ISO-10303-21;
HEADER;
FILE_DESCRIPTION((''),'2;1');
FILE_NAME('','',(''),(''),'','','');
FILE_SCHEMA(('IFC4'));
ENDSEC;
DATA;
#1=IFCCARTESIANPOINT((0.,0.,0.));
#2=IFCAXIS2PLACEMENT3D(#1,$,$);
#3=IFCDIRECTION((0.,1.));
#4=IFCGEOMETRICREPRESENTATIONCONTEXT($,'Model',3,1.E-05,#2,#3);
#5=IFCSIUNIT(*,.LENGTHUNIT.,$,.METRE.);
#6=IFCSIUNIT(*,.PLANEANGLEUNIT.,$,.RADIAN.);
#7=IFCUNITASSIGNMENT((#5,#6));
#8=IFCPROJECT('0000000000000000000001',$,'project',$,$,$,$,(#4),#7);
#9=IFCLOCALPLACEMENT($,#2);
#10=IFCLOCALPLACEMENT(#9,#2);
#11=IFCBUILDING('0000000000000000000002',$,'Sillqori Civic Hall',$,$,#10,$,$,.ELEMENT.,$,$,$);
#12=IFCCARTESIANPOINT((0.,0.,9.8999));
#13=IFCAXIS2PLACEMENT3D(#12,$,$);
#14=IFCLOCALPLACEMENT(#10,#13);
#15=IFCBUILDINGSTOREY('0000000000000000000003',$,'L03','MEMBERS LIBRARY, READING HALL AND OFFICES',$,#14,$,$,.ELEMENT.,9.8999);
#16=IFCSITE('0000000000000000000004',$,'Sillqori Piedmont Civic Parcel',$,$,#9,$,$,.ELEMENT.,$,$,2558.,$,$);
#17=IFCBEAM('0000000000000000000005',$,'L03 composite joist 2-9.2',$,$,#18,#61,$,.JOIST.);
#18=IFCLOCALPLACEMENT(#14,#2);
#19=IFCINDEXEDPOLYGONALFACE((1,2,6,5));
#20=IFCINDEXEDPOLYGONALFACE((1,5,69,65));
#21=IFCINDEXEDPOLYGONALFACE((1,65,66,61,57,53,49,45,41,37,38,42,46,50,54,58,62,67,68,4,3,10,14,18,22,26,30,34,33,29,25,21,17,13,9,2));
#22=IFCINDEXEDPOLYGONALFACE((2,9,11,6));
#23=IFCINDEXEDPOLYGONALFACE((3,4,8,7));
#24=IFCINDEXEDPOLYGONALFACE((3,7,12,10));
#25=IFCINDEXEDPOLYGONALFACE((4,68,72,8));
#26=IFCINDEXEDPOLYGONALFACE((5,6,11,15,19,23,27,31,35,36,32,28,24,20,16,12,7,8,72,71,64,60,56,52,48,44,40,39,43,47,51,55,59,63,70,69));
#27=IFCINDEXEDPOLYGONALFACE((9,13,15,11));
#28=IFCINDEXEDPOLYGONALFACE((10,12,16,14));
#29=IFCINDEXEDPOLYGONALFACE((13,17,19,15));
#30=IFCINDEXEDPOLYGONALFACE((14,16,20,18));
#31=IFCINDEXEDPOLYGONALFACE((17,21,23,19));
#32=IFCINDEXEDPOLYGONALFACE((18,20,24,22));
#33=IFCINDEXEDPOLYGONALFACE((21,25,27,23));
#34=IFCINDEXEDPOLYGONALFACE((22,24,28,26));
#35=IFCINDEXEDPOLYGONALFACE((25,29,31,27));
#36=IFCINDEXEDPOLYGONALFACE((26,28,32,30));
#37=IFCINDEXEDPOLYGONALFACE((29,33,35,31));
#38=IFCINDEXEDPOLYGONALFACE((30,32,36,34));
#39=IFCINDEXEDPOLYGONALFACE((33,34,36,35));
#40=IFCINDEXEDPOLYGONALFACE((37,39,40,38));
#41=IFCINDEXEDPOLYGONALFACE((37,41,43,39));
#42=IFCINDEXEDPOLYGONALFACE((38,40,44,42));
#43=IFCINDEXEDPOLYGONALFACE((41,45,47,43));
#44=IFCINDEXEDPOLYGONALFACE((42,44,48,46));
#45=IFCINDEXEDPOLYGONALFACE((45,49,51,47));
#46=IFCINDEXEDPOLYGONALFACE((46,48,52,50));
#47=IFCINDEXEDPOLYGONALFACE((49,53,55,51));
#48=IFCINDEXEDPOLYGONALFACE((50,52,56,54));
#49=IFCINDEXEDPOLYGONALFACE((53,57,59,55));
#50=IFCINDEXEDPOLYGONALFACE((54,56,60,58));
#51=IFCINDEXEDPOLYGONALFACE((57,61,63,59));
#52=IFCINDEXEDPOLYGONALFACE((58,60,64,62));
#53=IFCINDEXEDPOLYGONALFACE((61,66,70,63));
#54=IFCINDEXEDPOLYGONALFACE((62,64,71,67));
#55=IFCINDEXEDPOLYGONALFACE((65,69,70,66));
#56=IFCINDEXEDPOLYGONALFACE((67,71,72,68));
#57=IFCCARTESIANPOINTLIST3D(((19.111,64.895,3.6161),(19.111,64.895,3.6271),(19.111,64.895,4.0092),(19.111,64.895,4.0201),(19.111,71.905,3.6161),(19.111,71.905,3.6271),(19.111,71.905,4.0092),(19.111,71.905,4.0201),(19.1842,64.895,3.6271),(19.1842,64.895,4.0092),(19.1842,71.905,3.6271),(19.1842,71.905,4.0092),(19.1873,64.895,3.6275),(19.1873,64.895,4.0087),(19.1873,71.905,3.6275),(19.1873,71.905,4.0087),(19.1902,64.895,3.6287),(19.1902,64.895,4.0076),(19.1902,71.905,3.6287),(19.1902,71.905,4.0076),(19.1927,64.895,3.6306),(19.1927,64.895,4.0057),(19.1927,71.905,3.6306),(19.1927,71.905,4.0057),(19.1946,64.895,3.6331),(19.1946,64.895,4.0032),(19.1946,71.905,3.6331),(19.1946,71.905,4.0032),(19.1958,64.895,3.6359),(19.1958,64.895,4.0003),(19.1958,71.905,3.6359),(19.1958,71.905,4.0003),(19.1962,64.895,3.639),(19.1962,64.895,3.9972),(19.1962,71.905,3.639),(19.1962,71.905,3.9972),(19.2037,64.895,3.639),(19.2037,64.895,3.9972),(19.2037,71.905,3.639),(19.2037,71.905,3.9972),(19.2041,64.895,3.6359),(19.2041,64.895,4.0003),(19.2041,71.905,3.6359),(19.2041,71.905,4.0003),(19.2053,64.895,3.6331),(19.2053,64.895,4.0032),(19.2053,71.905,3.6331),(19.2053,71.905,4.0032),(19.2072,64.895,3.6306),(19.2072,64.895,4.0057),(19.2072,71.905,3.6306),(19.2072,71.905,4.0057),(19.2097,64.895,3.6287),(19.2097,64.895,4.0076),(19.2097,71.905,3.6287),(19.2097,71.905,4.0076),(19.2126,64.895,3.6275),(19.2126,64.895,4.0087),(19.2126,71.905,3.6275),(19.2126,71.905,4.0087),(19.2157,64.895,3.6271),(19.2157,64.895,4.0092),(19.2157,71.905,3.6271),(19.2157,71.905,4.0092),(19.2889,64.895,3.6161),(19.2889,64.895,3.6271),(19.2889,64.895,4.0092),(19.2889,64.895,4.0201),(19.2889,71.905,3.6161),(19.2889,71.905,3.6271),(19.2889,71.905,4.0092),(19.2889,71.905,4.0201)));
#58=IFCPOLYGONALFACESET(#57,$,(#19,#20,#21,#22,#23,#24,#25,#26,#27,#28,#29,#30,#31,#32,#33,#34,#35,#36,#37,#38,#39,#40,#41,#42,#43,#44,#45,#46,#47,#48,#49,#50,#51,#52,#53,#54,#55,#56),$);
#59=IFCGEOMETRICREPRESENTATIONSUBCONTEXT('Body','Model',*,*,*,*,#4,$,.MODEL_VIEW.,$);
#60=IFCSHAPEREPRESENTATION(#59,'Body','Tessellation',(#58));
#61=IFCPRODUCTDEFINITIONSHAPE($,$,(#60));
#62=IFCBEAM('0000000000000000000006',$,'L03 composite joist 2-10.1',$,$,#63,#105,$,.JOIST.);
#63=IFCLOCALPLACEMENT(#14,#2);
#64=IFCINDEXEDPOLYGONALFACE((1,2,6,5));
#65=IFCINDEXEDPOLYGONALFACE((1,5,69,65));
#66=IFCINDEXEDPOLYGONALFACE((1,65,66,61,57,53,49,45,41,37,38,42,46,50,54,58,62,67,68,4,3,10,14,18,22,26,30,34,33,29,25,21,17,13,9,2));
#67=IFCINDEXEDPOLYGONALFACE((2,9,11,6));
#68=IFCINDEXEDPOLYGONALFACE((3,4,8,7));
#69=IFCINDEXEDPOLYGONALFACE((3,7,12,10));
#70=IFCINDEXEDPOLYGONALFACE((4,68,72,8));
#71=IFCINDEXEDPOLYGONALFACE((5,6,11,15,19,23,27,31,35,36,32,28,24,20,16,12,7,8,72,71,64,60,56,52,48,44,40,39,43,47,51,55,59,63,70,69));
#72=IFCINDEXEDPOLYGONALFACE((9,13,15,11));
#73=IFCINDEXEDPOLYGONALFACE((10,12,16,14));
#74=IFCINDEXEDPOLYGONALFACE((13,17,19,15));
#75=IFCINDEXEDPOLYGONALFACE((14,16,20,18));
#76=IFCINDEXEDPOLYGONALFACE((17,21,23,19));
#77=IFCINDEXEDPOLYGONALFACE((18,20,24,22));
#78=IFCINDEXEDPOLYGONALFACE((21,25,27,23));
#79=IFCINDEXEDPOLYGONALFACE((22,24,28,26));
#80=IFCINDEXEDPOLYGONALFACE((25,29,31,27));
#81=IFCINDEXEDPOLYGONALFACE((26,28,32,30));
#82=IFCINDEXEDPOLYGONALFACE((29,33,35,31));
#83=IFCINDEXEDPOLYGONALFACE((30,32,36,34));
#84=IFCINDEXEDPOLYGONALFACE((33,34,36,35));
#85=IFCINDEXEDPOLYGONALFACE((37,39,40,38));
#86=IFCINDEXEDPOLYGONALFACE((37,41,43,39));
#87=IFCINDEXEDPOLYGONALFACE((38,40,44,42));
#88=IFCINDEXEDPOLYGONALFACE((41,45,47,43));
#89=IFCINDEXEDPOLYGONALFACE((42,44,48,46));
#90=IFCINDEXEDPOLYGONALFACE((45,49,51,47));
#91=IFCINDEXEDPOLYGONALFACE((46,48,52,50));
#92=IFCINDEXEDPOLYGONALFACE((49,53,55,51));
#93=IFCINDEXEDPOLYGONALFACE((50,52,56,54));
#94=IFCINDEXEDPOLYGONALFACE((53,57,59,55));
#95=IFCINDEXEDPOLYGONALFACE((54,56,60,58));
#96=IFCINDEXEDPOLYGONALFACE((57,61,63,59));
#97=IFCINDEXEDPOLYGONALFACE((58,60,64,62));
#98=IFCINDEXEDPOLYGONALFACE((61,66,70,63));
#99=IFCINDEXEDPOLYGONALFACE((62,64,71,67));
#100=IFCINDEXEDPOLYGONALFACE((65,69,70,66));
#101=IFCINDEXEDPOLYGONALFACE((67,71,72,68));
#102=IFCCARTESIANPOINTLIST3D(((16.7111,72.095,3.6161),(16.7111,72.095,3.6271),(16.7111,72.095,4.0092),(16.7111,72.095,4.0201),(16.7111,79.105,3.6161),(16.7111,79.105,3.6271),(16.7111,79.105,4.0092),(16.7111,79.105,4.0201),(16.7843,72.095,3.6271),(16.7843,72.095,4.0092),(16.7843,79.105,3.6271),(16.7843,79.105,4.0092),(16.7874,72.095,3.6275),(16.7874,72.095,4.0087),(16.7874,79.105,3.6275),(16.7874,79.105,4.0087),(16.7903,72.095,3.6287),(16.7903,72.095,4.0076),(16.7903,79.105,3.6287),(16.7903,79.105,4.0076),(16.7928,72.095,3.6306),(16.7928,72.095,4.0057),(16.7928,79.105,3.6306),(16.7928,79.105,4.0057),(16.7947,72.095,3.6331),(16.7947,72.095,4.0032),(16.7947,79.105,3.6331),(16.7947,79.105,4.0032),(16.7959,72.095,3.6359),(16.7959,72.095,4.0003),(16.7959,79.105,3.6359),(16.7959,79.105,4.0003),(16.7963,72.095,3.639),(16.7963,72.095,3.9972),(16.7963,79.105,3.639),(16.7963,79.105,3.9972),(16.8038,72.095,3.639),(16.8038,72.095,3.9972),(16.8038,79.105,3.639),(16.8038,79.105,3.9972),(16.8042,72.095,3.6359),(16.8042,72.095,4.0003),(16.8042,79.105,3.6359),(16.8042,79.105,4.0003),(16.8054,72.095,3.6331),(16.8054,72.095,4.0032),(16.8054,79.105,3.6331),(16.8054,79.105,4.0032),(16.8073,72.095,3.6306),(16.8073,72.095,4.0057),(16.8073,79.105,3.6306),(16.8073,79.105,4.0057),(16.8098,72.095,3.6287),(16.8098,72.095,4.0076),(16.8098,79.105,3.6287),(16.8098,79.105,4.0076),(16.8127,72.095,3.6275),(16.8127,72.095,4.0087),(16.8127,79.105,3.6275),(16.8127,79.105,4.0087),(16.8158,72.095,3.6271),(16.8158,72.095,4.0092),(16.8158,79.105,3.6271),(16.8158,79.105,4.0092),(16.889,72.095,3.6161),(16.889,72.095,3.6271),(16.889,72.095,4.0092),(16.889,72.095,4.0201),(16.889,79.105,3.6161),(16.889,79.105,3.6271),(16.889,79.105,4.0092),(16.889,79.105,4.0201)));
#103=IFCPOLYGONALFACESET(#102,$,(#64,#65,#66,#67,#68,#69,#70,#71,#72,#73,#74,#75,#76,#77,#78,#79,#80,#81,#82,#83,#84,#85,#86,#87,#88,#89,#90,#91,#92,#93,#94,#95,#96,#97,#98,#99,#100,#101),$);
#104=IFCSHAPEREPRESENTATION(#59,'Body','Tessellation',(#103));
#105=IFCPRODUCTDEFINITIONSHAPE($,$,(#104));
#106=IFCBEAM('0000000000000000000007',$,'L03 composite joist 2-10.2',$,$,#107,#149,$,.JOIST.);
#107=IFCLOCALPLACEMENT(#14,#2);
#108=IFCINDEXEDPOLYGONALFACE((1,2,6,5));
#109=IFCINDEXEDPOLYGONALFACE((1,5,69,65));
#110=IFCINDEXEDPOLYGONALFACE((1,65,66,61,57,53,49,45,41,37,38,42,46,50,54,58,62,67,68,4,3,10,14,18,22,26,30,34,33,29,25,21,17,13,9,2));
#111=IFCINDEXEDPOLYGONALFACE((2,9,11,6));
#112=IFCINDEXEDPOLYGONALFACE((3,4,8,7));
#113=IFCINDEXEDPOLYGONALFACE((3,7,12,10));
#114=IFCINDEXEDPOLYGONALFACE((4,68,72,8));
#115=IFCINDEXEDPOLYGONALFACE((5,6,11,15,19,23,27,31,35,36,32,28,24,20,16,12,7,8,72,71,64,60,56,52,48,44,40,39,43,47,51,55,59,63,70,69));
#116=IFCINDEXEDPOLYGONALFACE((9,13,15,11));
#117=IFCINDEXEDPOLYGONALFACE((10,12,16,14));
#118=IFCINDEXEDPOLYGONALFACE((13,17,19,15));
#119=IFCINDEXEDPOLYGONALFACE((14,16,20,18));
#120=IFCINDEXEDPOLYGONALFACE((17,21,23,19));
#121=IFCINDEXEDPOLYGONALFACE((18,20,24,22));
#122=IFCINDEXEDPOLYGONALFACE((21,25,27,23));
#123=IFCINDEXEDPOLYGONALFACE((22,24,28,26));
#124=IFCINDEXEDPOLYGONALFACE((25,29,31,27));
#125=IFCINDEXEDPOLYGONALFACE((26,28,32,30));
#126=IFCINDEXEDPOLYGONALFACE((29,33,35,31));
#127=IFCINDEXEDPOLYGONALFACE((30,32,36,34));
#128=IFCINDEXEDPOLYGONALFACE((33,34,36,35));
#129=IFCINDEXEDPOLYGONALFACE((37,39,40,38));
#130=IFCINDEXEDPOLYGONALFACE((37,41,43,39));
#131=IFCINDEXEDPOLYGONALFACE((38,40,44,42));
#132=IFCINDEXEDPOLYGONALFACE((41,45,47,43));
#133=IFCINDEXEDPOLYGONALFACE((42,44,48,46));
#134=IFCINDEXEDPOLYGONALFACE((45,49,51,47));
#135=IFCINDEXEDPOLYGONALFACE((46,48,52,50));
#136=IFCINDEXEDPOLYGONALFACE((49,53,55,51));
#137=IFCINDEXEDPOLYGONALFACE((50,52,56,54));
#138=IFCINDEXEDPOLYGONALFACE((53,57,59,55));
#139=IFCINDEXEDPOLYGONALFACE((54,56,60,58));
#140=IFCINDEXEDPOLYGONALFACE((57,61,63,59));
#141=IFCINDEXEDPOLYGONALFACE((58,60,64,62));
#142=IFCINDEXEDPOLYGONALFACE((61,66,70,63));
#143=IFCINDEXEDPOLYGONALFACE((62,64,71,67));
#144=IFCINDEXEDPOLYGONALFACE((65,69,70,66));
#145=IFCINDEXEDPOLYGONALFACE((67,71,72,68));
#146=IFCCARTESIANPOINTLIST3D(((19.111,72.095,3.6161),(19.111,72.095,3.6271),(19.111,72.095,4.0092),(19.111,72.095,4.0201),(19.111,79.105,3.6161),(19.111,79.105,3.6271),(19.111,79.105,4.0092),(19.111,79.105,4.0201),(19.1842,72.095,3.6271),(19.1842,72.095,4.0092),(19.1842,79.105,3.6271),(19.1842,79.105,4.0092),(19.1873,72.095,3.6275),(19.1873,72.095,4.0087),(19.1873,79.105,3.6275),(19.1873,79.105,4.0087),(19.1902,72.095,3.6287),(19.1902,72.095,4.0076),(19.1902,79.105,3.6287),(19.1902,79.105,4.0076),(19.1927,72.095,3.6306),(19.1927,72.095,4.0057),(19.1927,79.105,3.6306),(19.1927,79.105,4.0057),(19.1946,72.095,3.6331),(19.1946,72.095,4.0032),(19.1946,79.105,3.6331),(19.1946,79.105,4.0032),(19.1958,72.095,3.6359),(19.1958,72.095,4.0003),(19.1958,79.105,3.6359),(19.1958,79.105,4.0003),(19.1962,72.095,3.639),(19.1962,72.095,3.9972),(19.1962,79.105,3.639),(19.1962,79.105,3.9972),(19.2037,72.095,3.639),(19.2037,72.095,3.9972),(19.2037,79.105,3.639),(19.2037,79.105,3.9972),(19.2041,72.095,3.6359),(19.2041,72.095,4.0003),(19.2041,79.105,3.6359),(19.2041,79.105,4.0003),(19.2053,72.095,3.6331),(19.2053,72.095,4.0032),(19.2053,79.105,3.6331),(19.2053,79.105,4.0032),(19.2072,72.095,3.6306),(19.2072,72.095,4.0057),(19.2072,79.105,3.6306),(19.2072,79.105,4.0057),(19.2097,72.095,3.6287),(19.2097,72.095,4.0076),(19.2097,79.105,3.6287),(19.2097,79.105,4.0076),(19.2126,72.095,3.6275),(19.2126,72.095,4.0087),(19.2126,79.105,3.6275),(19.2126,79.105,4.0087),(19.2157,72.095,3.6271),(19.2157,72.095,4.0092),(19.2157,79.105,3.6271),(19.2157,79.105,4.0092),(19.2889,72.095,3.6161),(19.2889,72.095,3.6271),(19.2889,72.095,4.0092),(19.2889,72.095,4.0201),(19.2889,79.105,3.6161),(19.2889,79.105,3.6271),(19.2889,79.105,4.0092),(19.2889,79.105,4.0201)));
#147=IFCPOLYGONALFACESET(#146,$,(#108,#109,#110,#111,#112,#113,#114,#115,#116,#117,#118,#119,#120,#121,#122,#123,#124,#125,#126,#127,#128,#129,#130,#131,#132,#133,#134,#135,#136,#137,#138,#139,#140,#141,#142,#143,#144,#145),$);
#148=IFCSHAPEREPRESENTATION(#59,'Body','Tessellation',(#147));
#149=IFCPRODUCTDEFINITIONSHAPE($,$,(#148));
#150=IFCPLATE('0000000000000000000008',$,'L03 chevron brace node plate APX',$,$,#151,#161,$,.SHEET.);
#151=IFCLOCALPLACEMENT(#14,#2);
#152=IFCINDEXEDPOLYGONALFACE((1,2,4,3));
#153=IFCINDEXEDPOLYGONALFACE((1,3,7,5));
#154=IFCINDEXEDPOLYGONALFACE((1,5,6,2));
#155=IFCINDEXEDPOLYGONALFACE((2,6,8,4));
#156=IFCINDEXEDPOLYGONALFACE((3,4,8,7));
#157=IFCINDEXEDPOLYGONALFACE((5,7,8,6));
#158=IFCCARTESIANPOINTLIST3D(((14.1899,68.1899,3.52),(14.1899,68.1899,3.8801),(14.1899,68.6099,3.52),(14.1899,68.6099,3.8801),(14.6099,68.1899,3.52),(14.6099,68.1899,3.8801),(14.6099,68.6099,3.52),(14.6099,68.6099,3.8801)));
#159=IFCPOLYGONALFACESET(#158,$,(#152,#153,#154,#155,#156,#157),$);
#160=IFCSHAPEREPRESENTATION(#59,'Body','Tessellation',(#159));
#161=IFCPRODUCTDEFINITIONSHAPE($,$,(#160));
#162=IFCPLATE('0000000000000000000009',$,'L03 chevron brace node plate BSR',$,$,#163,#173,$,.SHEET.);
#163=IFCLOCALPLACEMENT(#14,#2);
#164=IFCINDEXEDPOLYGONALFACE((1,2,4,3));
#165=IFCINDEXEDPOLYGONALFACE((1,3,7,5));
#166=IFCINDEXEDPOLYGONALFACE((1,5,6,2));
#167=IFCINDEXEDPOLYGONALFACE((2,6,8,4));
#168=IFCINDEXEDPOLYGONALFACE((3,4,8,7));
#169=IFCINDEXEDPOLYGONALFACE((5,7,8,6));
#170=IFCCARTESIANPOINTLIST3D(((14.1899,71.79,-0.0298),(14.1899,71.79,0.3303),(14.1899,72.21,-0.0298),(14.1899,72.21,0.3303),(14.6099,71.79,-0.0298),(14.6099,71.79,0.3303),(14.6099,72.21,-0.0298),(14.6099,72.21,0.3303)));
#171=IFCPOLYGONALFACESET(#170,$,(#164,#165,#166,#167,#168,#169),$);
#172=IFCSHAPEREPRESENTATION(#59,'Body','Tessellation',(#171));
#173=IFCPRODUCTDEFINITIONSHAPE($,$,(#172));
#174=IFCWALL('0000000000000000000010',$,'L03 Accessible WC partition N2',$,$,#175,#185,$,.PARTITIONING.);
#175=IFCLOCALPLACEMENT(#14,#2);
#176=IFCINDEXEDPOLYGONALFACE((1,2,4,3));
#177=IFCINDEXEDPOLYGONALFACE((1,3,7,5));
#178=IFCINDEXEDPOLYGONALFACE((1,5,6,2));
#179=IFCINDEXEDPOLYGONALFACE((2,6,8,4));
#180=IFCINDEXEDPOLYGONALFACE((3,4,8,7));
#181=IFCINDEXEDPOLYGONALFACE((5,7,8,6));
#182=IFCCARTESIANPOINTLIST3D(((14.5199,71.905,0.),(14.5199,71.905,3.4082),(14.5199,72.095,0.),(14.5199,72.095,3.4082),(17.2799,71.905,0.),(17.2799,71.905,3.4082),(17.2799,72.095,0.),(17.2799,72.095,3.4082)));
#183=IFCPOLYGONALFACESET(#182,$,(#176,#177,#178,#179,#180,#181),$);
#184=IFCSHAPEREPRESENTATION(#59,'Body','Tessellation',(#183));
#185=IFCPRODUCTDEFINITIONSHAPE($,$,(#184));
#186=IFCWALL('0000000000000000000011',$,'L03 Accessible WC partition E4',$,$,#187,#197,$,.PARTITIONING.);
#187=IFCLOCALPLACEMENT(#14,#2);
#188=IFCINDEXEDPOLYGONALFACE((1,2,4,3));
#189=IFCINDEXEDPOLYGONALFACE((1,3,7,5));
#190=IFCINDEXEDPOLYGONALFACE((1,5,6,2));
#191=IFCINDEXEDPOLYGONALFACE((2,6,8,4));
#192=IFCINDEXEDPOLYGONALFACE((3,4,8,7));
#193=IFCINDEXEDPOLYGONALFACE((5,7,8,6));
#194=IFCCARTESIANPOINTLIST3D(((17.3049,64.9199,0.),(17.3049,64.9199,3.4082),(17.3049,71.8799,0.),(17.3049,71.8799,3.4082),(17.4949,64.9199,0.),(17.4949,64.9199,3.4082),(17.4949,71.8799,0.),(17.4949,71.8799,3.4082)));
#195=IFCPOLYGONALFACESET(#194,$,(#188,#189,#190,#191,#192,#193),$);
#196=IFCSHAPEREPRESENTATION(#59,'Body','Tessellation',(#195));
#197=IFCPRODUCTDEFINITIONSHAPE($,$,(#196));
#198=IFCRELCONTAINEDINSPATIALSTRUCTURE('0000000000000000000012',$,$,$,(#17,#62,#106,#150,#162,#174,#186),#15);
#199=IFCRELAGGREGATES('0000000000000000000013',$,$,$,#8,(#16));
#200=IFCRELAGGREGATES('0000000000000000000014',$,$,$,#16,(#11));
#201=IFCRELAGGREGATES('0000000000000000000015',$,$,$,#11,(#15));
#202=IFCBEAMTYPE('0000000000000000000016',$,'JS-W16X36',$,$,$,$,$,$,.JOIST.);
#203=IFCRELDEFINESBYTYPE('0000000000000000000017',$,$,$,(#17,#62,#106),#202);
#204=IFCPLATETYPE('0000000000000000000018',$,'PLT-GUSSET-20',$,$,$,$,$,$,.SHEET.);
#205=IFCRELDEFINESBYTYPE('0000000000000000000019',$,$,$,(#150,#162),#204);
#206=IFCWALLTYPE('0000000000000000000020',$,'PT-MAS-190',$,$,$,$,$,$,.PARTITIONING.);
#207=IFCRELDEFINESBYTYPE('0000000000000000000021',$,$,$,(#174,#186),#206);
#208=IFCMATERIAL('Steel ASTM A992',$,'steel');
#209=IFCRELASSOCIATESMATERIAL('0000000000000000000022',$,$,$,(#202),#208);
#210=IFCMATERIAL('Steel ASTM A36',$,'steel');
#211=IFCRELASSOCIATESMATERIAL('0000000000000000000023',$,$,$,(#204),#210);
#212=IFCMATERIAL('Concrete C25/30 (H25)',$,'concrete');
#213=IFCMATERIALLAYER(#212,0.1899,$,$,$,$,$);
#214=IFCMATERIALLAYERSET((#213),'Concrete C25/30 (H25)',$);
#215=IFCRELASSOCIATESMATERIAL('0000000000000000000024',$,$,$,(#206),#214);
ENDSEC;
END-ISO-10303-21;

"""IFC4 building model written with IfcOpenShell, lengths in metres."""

from ifc_helpers import new_model, si_unit, direction, frame, frame_2d, origin, origin_2d, place, context, subcontext, project, spatial, rectangle, i_section, extrude, material, layer, layer_set, material_profile, profile_set, type_object, element, save


model = new_model("IFC4")

# Units and contexts
model_context = context("Model", 3, precision=1e-05, world=origin(), true_north=direction((0.0, 1.0)))
body_context = subcontext(model_context, "Body", "Model", "MODEL_VIEW")
ifc_project = project(units=[si_unit("LENGTHUNIT", "METRE"), si_unit("PLANEANGLEUNIT", "RADIAN")], contexts=[model_context])

# Site, building, storey
site_placement = place(None, origin())
site = spatial("IfcSite", under=ifc_project, at=site_placement, Name="Sillqori Piedmont Civic Parcel", CompositionType="ELEMENT", RefElevation=2558.0)
building_placement = place(site_placement, origin())
building = spatial("IfcBuilding", under=site, at=building_placement, Name="Sillqori Civic Hall", CompositionType="ELEMENT")
storey_placement = place(building_placement, frame((0.0, 0.0, 9.8999)))
storey = spatial("IfcBuildingStorey", under=building, at=storey_placement, Name="L03", Description="MEMBERS LIBRARY, READING HALL AND OFFICES", CompositionType="ELEMENT", Elevation=9.8999)

# Shared definitions
ifc_material_1 = material(Name="Steel ASTM A992", Category="steel")

# Beams
ifc_material_profile_1 = material_profile(ifc_material_1, i_section(OverallWidth=0.178, OverallDepth=0.4041, WebThickness=0.0076, FlangeThickness=0.011, FilletRadius=0.012, at=origin_2d()), Name="W16X36")
ifc_profile_set_1 = profile_set([ifc_material_profile_1], Name="Steel ASTM A992")
beam_type_1 = type_object("IfcBeamType", Name="JS-W16X36", PredefinedType="JOIST", material=ifc_profile_set_1)
for number, where, z_axis, x_axis, name in (
    (1, (19.2, 64.895, 3.8181), (0.0, 1.0, 0.0), (-1.0, 0.0, 0.0), "L03 composite joist 2-9.2"),
    (2, (16.8, 72.095, 3.8181), (0.0, 1.0, 0.0), (-1.0, 0.0, 0.0), "L03 composite joist 2-10.1"),
    (3, (19.2, 72.095, 3.8181), (0.0, 1.0, 0.0), (-1.0, 0.0, 0.0), "L03 composite joist 2-10.2"),
):
    element("IfcBeam", number, at=place(storey_placement, frame(where, z_axis=z_axis, x_axis=x_axis)), inside=storey, type_object=beam_type_1, Name=name, PredefinedType="JOIST", context=body_context, shape_type="SweptSolid", body=[
        extrude(i_section(OverallWidth=0.178, OverallDepth=0.4041, WebThickness=0.0076, FlangeThickness=0.011, FilletRadius=0.012, at=origin_2d()), origin(), (0.0, 0.0, 1.0), 7.01),
    ])

# Plates
ifc_material_2 = material(Name="Steel ASTM A36", Category="steel")
plate_type = type_object("IfcPlateType", Name="PLT-GUSSET-20", PredefinedType="SHEET", material=ifc_material_2)
for number, where, z_axis, x_axis, name in (
    (4, (14.3999, 68.3999, 3.52), (0.0, 0.0, 1.0), (1.0, 0.0, 0.0), "L03 chevron brace node plate APX"),
    (5, (14.3999, 72.0, -0.0298), (0.0, 0.0, 1.0), (1.0, 0.0, 0.0), "L03 chevron brace node plate BSR"),
):
    element("IfcPlate", number, at=place(storey_placement, frame(where, z_axis=z_axis, x_axis=x_axis)), inside=storey, type_object=plate_type, Name=name, PredefinedType="SHEET", context=body_context, shape_type="SweptSolid", body=[
        extrude(rectangle(XDim=0.4199, YDim=0.4199, at=origin_2d()), origin(), (0.0, 0.0, 1.0), 0.3601),
    ])

# Shared definitions
ifc_material_3 = material(Name="Concrete C25/30 (H25)", Category="concrete")
ifc_layer_1 = layer(ifc_material_3, 0.1899)
ifc_layer_set_1 = layer_set([ifc_layer_1], Name="Concrete C25/30 (H25)")
wall_type = type_object("IfcWallType", Name="PT-MAS-190", PredefinedType="PARTITIONING", material=ifc_layer_set_1)

# Walls
wall_1_placement = place(storey_placement, frame((14.52, 72.0, 0.0), z_axis=(0.0, 0.0, 1.0), x_axis=(1.0, 0.0, 0.0)))
element("IfcWall", 6, at=wall_1_placement, inside=storey, type_object=wall_type, Name="L03 Accessible WC partition N2", PredefinedType="PARTITIONING", context=body_context, shape_type="SweptSolid", body=[
    extrude(rectangle(XDim=2.76, YDim=0.1899, at=frame_2d((1.3799, 0.0))), origin(), (0.0, 0.0, 1.0), 3.4082),
])
wall_2_placement = place(storey_placement, frame((17.3999, 71.8799, 0.0), z_axis=(0.0, 0.0, 1.0), x_axis=(0.0, -1.0, 0.0)))
element("IfcWall", 7, at=wall_2_placement, inside=storey, type_object=wall_type, Name="L03 Accessible WC partition E4", PredefinedType="PARTITIONING", context=body_context, shape_type="SweptSolid", body=[
    extrude(rectangle(XDim=6.96, YDim=0.1899, at=frame_2d((3.48, 0.0))), origin(), (0.0, 0.0, 1.0), 3.4082),
])

save(model, "model.ifc")
